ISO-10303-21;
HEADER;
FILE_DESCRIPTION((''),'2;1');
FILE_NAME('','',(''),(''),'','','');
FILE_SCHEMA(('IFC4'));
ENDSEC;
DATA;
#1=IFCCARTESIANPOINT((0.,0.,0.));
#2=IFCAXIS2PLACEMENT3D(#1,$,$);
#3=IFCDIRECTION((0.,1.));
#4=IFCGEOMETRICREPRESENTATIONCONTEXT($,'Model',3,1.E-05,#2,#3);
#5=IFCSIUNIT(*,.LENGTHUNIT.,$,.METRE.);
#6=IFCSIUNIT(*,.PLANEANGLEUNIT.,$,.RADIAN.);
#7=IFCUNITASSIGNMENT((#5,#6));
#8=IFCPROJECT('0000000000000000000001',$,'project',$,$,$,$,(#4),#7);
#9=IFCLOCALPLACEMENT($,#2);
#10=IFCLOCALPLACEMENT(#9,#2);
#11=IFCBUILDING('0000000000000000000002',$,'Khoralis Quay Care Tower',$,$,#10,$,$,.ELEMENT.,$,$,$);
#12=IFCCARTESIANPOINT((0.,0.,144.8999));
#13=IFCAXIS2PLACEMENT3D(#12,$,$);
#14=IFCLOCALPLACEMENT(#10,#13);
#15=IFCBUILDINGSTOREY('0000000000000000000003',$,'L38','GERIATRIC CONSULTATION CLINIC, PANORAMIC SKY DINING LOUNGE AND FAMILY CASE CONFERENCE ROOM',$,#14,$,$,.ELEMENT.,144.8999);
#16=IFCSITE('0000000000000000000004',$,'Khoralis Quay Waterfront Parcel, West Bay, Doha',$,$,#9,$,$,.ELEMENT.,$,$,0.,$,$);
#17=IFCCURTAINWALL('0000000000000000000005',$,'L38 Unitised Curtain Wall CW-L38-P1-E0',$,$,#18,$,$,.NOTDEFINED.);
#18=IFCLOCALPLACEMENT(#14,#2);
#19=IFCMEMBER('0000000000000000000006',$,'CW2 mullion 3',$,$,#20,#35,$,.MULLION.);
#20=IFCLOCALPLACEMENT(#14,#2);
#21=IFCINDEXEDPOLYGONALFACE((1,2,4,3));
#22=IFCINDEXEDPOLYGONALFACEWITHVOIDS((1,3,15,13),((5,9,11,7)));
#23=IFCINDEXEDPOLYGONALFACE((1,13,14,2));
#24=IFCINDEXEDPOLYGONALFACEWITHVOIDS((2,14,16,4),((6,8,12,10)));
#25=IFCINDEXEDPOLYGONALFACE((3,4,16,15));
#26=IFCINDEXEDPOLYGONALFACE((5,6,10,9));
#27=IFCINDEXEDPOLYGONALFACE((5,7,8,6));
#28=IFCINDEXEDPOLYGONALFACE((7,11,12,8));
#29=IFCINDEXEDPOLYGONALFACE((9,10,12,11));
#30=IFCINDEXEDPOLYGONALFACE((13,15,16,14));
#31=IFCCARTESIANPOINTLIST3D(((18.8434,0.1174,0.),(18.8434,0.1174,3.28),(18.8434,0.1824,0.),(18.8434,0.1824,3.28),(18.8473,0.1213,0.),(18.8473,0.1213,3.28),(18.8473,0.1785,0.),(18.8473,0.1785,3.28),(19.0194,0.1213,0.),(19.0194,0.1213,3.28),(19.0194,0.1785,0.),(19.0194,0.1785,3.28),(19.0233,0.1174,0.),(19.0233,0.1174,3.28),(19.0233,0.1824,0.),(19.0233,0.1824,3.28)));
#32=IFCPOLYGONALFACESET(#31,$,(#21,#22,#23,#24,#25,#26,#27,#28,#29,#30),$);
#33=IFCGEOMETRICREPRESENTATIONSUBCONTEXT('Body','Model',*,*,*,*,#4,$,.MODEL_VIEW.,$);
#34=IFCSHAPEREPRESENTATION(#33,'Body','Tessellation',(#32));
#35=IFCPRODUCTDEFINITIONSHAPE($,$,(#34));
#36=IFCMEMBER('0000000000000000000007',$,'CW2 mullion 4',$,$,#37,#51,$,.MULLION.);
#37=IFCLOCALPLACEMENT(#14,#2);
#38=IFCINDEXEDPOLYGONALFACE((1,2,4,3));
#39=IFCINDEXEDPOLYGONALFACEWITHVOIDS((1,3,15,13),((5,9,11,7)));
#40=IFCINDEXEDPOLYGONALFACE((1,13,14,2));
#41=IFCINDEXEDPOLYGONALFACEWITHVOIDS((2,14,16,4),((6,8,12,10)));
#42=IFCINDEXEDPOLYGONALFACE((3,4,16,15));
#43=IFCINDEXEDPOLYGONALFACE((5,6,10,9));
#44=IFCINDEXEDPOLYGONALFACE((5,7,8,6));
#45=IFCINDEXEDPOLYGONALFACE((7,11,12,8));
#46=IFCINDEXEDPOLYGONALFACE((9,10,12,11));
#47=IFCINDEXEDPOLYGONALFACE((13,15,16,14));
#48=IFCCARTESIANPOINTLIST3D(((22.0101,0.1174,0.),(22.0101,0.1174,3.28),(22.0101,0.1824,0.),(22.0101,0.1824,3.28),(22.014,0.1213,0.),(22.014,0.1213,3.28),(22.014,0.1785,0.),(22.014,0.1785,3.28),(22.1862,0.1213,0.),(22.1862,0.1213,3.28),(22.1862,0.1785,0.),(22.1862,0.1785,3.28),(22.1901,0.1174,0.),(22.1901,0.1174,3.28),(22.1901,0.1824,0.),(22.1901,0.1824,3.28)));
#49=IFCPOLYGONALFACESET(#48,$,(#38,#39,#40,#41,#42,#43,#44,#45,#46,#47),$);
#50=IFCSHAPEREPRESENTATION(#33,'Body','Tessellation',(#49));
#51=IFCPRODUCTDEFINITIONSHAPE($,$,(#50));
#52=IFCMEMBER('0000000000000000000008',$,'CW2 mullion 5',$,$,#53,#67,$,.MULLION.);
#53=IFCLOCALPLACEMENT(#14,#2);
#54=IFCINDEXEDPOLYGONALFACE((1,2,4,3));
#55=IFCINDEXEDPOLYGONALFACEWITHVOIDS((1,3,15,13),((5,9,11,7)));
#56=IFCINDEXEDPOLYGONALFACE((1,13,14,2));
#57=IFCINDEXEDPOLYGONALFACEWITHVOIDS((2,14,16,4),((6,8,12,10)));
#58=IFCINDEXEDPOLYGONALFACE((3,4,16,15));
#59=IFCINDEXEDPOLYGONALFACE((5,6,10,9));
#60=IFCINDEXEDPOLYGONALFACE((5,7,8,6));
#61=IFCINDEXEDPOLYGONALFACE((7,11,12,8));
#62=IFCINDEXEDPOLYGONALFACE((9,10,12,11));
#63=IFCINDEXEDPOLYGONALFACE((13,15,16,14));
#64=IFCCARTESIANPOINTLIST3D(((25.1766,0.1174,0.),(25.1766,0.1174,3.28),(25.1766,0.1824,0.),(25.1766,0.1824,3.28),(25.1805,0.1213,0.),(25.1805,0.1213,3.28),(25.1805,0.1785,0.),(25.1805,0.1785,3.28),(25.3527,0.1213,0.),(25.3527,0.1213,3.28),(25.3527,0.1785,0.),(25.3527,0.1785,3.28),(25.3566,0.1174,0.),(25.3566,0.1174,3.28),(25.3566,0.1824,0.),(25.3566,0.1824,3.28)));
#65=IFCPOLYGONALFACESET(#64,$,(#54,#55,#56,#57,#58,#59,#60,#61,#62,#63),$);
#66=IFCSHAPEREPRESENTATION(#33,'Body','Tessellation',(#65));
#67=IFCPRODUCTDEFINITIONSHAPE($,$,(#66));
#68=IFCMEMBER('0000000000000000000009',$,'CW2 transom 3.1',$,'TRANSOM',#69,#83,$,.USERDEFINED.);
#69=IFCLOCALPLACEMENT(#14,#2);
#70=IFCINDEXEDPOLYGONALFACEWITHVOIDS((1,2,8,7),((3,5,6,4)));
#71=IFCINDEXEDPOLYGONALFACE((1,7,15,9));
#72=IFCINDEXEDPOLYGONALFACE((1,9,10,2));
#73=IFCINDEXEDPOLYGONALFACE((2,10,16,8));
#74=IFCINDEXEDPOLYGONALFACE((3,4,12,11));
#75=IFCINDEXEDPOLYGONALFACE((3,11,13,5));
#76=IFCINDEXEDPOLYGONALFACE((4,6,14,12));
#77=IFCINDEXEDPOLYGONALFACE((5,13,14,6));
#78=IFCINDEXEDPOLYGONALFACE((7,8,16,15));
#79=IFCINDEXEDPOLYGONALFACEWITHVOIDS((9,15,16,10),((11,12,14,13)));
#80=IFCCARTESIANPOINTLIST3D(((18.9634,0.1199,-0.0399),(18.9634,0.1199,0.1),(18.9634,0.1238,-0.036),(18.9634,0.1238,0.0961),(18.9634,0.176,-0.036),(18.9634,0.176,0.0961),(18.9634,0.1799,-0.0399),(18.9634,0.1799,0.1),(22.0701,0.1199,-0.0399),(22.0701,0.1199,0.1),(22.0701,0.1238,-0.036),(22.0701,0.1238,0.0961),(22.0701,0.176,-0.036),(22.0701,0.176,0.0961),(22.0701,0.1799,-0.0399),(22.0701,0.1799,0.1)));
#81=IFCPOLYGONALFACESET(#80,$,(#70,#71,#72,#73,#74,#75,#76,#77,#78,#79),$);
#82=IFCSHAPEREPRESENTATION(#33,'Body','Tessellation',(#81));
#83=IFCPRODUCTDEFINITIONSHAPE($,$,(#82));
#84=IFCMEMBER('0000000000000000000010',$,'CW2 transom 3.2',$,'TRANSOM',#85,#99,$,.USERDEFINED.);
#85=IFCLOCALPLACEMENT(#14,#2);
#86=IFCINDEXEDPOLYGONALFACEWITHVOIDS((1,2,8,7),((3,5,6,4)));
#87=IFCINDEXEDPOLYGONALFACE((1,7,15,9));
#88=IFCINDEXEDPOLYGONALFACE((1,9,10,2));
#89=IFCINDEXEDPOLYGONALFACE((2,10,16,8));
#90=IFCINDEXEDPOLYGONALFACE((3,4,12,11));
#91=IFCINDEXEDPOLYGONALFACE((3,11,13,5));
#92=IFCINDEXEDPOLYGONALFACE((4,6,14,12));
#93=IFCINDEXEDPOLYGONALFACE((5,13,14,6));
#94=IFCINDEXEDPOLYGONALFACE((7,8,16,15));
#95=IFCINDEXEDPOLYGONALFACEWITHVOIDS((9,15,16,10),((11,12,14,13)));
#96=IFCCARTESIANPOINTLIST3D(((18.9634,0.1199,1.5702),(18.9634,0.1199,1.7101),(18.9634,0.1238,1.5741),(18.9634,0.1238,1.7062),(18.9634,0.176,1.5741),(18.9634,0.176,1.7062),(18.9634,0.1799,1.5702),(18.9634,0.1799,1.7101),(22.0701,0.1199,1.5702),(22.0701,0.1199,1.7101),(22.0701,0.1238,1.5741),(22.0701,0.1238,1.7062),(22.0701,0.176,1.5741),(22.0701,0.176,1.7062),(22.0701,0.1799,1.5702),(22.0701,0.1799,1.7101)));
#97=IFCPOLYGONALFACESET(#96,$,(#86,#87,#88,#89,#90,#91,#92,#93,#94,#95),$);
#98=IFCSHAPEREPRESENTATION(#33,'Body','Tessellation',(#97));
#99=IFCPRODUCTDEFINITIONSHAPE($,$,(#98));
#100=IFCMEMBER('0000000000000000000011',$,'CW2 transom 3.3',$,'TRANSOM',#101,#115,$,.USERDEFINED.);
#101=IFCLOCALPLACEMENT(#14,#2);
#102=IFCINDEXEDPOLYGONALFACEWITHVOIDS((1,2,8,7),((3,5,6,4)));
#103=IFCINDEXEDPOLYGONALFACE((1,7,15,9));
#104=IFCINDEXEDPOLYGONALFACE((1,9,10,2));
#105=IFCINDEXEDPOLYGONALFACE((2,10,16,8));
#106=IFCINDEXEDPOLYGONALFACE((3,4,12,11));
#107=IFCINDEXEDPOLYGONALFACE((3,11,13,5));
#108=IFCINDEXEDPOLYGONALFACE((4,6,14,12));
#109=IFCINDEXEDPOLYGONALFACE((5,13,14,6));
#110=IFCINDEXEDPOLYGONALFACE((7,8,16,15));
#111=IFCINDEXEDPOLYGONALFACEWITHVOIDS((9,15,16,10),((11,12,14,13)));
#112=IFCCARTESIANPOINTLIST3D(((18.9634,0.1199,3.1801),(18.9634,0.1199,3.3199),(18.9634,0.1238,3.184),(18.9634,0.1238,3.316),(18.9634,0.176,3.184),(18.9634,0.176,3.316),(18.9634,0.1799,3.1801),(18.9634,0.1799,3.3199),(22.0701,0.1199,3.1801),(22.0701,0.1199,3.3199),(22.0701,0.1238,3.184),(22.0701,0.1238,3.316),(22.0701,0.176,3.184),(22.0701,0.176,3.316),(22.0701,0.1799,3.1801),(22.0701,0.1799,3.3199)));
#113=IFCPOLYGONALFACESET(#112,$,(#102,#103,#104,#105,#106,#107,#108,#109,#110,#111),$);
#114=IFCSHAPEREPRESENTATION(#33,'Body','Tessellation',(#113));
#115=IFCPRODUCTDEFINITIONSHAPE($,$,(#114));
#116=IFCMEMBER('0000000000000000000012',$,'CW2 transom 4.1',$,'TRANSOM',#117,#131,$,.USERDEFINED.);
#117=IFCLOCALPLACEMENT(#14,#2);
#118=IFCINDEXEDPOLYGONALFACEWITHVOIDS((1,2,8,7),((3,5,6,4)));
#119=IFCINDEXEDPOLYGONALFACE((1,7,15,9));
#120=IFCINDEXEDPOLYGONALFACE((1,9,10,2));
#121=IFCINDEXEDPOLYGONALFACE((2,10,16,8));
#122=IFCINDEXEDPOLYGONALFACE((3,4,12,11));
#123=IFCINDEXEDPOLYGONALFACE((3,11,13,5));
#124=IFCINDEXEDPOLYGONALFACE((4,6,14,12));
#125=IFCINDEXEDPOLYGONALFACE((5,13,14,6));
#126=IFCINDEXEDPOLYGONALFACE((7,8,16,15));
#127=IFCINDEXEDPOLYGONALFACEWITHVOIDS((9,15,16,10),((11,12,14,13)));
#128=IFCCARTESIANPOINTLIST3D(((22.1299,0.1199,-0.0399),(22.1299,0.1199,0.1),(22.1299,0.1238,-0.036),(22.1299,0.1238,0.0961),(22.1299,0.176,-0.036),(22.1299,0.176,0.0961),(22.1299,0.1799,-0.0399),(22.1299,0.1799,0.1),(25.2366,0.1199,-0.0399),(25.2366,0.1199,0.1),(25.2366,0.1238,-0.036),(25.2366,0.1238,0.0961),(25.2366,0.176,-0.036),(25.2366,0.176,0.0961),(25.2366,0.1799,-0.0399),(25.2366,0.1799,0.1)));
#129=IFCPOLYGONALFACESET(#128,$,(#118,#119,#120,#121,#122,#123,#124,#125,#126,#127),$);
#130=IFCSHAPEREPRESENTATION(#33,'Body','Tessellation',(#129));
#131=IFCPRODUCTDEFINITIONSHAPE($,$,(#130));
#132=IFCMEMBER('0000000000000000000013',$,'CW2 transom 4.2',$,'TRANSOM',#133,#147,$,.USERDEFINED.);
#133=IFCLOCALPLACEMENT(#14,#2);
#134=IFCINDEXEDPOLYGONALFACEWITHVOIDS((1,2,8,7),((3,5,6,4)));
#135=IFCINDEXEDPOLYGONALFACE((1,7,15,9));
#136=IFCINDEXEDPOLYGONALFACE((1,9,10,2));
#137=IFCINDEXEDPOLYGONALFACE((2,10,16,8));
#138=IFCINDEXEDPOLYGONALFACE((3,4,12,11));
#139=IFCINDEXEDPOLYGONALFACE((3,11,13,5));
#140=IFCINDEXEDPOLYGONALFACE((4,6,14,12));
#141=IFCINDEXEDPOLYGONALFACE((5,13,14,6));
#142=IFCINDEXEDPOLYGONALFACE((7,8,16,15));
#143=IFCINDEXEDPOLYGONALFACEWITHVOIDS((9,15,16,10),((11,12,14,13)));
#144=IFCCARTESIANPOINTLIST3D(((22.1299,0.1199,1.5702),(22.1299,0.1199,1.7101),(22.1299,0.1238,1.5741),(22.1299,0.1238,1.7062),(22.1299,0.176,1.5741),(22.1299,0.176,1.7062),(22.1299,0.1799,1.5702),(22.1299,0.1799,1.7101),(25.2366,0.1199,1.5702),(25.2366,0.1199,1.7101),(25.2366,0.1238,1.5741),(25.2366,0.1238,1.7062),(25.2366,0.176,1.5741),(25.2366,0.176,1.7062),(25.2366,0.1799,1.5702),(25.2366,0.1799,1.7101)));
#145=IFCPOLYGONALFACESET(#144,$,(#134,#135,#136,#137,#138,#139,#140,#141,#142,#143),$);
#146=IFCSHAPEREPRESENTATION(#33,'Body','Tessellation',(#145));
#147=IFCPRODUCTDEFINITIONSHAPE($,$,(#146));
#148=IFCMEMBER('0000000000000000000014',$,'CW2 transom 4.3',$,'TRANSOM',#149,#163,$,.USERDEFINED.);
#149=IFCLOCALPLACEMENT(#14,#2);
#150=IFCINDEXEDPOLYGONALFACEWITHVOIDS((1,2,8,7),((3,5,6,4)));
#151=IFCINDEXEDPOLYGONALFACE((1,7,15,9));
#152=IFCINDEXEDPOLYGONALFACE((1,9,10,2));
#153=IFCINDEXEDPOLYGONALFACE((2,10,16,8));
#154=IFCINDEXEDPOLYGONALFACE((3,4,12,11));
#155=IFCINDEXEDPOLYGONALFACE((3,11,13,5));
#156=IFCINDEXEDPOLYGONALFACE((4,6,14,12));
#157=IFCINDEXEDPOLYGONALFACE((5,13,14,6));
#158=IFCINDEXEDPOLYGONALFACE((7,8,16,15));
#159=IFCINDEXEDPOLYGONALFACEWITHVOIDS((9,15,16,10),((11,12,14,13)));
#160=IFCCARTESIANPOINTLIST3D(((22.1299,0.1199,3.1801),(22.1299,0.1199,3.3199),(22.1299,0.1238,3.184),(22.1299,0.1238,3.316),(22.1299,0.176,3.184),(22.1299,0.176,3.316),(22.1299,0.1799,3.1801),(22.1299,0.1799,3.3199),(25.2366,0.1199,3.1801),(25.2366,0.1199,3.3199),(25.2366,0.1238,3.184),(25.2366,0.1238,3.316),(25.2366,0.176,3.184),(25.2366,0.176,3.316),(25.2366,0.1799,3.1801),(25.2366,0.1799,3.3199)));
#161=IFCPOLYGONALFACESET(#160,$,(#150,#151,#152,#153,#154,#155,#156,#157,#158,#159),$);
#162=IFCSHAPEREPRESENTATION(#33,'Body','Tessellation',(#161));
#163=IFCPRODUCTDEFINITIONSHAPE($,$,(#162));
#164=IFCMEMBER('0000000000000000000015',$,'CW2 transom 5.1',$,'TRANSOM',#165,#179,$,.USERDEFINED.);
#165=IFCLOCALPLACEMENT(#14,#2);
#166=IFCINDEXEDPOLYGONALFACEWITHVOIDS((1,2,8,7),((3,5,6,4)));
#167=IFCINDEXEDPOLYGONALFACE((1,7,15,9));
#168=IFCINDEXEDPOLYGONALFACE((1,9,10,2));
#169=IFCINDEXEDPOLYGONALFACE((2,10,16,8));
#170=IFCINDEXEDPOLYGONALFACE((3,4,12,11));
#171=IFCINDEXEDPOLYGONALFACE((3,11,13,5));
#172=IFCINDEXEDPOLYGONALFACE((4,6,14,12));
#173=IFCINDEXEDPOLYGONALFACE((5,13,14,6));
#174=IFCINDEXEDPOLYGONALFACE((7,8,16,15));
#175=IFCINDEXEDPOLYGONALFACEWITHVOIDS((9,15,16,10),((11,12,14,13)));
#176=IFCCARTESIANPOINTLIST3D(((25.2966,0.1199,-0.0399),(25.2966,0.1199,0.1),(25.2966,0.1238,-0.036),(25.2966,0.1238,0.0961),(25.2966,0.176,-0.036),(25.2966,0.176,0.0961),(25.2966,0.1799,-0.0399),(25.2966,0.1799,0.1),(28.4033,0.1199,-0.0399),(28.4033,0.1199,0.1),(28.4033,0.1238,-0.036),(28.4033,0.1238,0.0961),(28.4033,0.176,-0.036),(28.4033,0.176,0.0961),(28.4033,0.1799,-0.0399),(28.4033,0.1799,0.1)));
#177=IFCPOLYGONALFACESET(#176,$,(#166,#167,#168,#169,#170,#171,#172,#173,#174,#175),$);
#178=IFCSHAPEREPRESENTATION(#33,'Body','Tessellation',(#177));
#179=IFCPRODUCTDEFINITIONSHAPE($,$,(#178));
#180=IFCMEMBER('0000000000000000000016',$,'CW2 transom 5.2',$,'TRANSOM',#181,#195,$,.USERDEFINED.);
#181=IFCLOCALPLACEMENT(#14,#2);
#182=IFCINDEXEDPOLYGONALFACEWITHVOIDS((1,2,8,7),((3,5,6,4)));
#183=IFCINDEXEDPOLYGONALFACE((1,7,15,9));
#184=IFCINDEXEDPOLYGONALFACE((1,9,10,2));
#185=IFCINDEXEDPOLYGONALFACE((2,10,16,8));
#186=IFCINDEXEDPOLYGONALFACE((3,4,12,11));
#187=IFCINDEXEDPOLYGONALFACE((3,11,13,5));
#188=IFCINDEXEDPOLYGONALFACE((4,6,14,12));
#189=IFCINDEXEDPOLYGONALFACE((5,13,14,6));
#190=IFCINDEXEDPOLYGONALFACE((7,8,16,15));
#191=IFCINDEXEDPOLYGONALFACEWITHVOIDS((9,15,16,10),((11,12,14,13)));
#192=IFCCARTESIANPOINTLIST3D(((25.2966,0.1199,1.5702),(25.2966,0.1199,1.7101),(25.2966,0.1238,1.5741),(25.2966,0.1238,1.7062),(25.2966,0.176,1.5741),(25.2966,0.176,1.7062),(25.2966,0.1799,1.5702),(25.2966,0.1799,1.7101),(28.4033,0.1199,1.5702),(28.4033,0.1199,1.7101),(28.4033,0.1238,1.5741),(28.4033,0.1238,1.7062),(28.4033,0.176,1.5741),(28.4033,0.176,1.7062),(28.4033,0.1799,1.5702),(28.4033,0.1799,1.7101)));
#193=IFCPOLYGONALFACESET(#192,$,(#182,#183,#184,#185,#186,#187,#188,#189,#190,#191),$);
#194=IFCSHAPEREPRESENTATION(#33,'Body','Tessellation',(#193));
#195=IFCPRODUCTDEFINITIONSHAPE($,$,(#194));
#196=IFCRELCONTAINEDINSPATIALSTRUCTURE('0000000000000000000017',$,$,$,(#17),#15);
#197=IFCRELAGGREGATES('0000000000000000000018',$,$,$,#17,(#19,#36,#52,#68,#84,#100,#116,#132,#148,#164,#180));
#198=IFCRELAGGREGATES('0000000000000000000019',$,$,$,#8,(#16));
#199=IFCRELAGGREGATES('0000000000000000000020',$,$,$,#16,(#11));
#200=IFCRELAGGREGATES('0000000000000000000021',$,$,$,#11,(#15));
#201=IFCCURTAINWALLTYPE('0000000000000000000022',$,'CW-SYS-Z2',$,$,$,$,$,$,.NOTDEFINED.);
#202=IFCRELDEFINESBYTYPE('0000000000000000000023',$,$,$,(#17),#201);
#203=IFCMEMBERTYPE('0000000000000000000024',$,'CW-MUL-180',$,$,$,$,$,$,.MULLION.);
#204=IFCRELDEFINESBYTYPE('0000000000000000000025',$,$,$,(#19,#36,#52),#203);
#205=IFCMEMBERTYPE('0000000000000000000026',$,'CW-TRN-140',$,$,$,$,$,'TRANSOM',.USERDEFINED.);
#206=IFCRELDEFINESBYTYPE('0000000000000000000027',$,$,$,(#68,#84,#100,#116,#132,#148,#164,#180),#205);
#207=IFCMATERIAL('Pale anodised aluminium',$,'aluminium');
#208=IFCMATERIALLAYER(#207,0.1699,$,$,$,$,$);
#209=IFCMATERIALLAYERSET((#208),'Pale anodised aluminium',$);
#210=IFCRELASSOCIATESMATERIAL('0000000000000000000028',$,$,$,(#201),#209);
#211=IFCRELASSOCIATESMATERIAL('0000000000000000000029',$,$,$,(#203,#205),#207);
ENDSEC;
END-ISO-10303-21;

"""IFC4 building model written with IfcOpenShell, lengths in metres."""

from ifc_helpers import new_model, si_unit, direction, frame, origin, origin_2d, place, context, subcontext, project, spatial, hollow_rectangle, extrude, source, transform, mapped, material, layer, layer_set, material_profile, profile_set, type_object, element, aggregate, save


model = new_model("IFC4")

# Units and contexts
model_context = context("Model", 3, precision=1e-05, world=origin(), true_north=direction((0.0, 1.0)))
body_context = subcontext(model_context, "Body", "Model", "MODEL_VIEW")
ifc_project = project(units=[si_unit("LENGTHUNIT", "METRE"), si_unit("PLANEANGLEUNIT", "RADIAN")], contexts=[model_context])

# Site, building, storey
site_placement = place(None, origin())
site = spatial("IfcSite", under=ifc_project, at=site_placement, Name="Khoralis Quay Waterfront Parcel, West Bay, Doha", CompositionType="ELEMENT", RefElevation=0.0)
building_placement = place(site_placement, origin())
building = spatial("IfcBuilding", under=site, at=building_placement, Name="Khoralis Quay Care Tower", CompositionType="ELEMENT")
storey_placement = place(building_placement, frame((0.0, 0.0, 144.8999)))
storey = spatial("IfcBuildingStorey", under=building, at=storey_placement, Name="L38", Description="GERIATRIC CONSULTATION CLINIC, PANORAMIC SKY DINING LOUNGE AND FAMILY CASE CONFERENCE ROOM", CompositionType="ELEMENT", Elevation=144.8999)

# Curtain wall, members
ifc_material_1 = material(Name="Pale anodised aluminium", Category="aluminium")
ifc_layer_1 = layer(ifc_material_1, 0.1699)
ifc_layer_set_1 = layer_set([ifc_layer_1], Name="Pale anodised aluminium")
curtain_wall_type = type_object("IfcCurtainWallType", Name="CW-SYS-Z2", PredefinedType="NOTDEFINED", material=ifc_layer_set_1)
curtain_wall_placement = place(storey_placement, origin())
curtain_wall = element("IfcCurtainWall", 1, at=curtain_wall_placement, inside=storey, type_object=curtain_wall_type, Name="L38 Unitised Curtain Wall CW-L38-P1-E0", PredefinedType="NOTDEFINED")
ifc_material_profile_1 = material_profile(ifc_material_1, hollow_rectangle(XDim=0.0649, YDim=0.1799, WallThickness=0.0039, at=origin_2d()), Name="Pale anodised aluminium")
ifc_profile_set_1 = profile_set([ifc_material_profile_1], Name="Pale anodised aluminium")
member_type_1 = type_object("IfcMemberType", Name="CW-MUL-180", PredefinedType="MULLION", material=ifc_profile_set_1)
shared_shape_1 = source(origin(), body_context, "Body", "SweptSolid", [
    extrude(hollow_rectangle(XDim=0.0649, YDim=0.1799, WallThickness=0.0039, at=origin_2d()), origin(), (0.0, 0.0, 1.0), 3.28),
])
member_1_placement = place(storey_placement, frame((18.9333, 0.1499, 0.0), z_axis=(0.0, 0.0, 1.0), x_axis=(0.0, 1.0, 0.0)))
member_1 = element("IfcMember", 2, at=member_1_placement, type_object=member_type_1, Name="CW2 mullion 3", PredefinedType="MULLION", context=body_context, shape_type="MappedRepresentation", body=[
    mapped(shared_shape_1, transform((0.0, 0.0, 0.0), scale=1.0)),
])
member_2_placement = place(storey_placement, frame((22.1001, 0.1499, 0.0), z_axis=(0.0, 0.0, 1.0), x_axis=(0.0, 1.0, 0.0)))
member_2 = element("IfcMember", 3, at=member_2_placement, type_object=member_type_1, Name="CW2 mullion 4", PredefinedType="MULLION", context=body_context, shape_type="MappedRepresentation", body=[
    mapped(shared_shape_1, transform((0.0, 0.0, 0.0), scale=1.0)),
])
member_3_placement = place(storey_placement, frame((25.2666, 0.1499, 0.0), z_axis=(0.0, 0.0, 1.0), x_axis=(0.0, 1.0, 0.0)))
member_3 = element("IfcMember", 4, at=member_3_placement, type_object=member_type_1, Name="CW2 mullion 5", PredefinedType="MULLION", context=body_context, shape_type="MappedRepresentation", body=[
    mapped(shared_shape_1, transform((0.0, 0.0, 0.0), scale=1.0)),
])
ifc_material_profile_2 = material_profile(ifc_material_1, hollow_rectangle(XDim=0.0601, YDim=0.1399, WallThickness=0.0039, at=origin_2d()), Name="Pale anodised aluminium")
ifc_profile_set_2 = profile_set([ifc_material_profile_2], Name="Pale anodised aluminium")
member_type_2 = type_object("IfcMemberType", Name="CW-TRN-140", ElementType="TRANSOM", PredefinedType="USERDEFINED", material=ifc_profile_set_2)
shared_shape_2 = source(origin(), body_context, "Body", "SweptSolid", [
    extrude(hollow_rectangle(XDim=0.0601, YDim=0.1399, WallThickness=0.0039, at=origin_2d()), origin(), (0.0, 0.0, 1.0), 3.1067),
])
member_4_placement = place(storey_placement, frame((18.9634, 0.1499, 0.03), z_axis=(1.0, 0.0, 0.0), x_axis=(0.0, 1.0, 0.0)))
member_4 = element("IfcMember", 5, at=member_4_placement, type_object=member_type_2, Name="CW2 transom 3.1", ObjectType="TRANSOM", PredefinedType="USERDEFINED", context=body_context, shape_type="MappedRepresentation", body=[
    mapped(shared_shape_2, transform((0.0, 0.0, 0.0), scale=1.0)),
])
member_5_placement = place(storey_placement, frame((18.9634, 0.1499, 1.6401), z_axis=(1.0, 0.0, 0.0), x_axis=(0.0, 1.0, 0.0)))
member_5 = element("IfcMember", 6, at=member_5_placement, type_object=member_type_2, Name="CW2 transom 3.2", ObjectType="TRANSOM", PredefinedType="USERDEFINED", context=body_context, shape_type="MappedRepresentation", body=[
    mapped(shared_shape_2, transform((0.0, 0.0, 0.0), scale=1.0)),
])
member_6_placement = place(storey_placement, frame((18.9634, 0.1499, 3.25), z_axis=(1.0, 0.0, 0.0), x_axis=(0.0, 1.0, 0.0)))
member_6 = element("IfcMember", 7, at=member_6_placement, type_object=member_type_2, Name="CW2 transom 3.3", ObjectType="TRANSOM", PredefinedType="USERDEFINED", context=body_context, shape_type="MappedRepresentation", body=[
    mapped(shared_shape_2, transform((0.0, 0.0, 0.0), scale=1.0)),
])
member_7_placement = place(storey_placement, frame((22.1299, 0.1499, 0.03), z_axis=(1.0, 0.0, 0.0), x_axis=(0.0, 1.0, 0.0)))
member_7 = element("IfcMember", 8, at=member_7_placement, type_object=member_type_2, Name="CW2 transom 4.1", ObjectType="TRANSOM", PredefinedType="USERDEFINED", context=body_context, shape_type="MappedRepresentation", body=[
    mapped(shared_shape_2, transform((0.0, 0.0, 0.0), scale=1.0)),
])
member_8_placement = place(storey_placement, frame((22.1299, 0.1499, 1.6401), z_axis=(1.0, 0.0, 0.0), x_axis=(0.0, 1.0, 0.0)))
member_8 = element("IfcMember", 9, at=member_8_placement, type_object=member_type_2, Name="CW2 transom 4.2", ObjectType="TRANSOM", PredefinedType="USERDEFINED", context=body_context, shape_type="MappedRepresentation", body=[
    mapped(shared_shape_2, transform((0.0, 0.0, 0.0), scale=1.0)),
])
member_9_placement = place(storey_placement, frame((22.1299, 0.1499, 3.25), z_axis=(1.0, 0.0, 0.0), x_axis=(0.0, 1.0, 0.0)))
member_9 = element("IfcMember", 10, at=member_9_placement, type_object=member_type_2, Name="CW2 transom 4.3", ObjectType="TRANSOM", PredefinedType="USERDEFINED", context=body_context, shape_type="MappedRepresentation", body=[
    mapped(shared_shape_2, transform((0.0, 0.0, 0.0), scale=1.0)),
])
member_10_placement = place(storey_placement, frame((25.2966, 0.1499, 0.03), z_axis=(1.0, 0.0, 0.0), x_axis=(0.0, 1.0, 0.0)))
member_10 = element("IfcMember", 11, at=member_10_placement, type_object=member_type_2, Name="CW2 transom 5.1", ObjectType="TRANSOM", PredefinedType="USERDEFINED", context=body_context, shape_type="MappedRepresentation", body=[
    mapped(shared_shape_2, transform((0.0, 0.0, 0.0), scale=1.0)),
])
member_11_placement = place(storey_placement, frame((25.2966, 0.1499, 1.6401), z_axis=(1.0, 0.0, 0.0), x_axis=(0.0, 1.0, 0.0)))
member_11 = element("IfcMember", 12, at=member_11_placement, type_object=member_type_2, Name="CW2 transom 5.2", ObjectType="TRANSOM", PredefinedType="USERDEFINED", context=body_context, shape_type="MappedRepresentation", body=[
    mapped(shared_shape_2, transform((0.0, 0.0, 0.0), scale=1.0)),
])
aggregate(curtain_wall, [member_1, member_2, member_3, member_4, member_5, member_6, member_7, member_8, member_9, member_10, member_11])

save(model, "model.ifc")
